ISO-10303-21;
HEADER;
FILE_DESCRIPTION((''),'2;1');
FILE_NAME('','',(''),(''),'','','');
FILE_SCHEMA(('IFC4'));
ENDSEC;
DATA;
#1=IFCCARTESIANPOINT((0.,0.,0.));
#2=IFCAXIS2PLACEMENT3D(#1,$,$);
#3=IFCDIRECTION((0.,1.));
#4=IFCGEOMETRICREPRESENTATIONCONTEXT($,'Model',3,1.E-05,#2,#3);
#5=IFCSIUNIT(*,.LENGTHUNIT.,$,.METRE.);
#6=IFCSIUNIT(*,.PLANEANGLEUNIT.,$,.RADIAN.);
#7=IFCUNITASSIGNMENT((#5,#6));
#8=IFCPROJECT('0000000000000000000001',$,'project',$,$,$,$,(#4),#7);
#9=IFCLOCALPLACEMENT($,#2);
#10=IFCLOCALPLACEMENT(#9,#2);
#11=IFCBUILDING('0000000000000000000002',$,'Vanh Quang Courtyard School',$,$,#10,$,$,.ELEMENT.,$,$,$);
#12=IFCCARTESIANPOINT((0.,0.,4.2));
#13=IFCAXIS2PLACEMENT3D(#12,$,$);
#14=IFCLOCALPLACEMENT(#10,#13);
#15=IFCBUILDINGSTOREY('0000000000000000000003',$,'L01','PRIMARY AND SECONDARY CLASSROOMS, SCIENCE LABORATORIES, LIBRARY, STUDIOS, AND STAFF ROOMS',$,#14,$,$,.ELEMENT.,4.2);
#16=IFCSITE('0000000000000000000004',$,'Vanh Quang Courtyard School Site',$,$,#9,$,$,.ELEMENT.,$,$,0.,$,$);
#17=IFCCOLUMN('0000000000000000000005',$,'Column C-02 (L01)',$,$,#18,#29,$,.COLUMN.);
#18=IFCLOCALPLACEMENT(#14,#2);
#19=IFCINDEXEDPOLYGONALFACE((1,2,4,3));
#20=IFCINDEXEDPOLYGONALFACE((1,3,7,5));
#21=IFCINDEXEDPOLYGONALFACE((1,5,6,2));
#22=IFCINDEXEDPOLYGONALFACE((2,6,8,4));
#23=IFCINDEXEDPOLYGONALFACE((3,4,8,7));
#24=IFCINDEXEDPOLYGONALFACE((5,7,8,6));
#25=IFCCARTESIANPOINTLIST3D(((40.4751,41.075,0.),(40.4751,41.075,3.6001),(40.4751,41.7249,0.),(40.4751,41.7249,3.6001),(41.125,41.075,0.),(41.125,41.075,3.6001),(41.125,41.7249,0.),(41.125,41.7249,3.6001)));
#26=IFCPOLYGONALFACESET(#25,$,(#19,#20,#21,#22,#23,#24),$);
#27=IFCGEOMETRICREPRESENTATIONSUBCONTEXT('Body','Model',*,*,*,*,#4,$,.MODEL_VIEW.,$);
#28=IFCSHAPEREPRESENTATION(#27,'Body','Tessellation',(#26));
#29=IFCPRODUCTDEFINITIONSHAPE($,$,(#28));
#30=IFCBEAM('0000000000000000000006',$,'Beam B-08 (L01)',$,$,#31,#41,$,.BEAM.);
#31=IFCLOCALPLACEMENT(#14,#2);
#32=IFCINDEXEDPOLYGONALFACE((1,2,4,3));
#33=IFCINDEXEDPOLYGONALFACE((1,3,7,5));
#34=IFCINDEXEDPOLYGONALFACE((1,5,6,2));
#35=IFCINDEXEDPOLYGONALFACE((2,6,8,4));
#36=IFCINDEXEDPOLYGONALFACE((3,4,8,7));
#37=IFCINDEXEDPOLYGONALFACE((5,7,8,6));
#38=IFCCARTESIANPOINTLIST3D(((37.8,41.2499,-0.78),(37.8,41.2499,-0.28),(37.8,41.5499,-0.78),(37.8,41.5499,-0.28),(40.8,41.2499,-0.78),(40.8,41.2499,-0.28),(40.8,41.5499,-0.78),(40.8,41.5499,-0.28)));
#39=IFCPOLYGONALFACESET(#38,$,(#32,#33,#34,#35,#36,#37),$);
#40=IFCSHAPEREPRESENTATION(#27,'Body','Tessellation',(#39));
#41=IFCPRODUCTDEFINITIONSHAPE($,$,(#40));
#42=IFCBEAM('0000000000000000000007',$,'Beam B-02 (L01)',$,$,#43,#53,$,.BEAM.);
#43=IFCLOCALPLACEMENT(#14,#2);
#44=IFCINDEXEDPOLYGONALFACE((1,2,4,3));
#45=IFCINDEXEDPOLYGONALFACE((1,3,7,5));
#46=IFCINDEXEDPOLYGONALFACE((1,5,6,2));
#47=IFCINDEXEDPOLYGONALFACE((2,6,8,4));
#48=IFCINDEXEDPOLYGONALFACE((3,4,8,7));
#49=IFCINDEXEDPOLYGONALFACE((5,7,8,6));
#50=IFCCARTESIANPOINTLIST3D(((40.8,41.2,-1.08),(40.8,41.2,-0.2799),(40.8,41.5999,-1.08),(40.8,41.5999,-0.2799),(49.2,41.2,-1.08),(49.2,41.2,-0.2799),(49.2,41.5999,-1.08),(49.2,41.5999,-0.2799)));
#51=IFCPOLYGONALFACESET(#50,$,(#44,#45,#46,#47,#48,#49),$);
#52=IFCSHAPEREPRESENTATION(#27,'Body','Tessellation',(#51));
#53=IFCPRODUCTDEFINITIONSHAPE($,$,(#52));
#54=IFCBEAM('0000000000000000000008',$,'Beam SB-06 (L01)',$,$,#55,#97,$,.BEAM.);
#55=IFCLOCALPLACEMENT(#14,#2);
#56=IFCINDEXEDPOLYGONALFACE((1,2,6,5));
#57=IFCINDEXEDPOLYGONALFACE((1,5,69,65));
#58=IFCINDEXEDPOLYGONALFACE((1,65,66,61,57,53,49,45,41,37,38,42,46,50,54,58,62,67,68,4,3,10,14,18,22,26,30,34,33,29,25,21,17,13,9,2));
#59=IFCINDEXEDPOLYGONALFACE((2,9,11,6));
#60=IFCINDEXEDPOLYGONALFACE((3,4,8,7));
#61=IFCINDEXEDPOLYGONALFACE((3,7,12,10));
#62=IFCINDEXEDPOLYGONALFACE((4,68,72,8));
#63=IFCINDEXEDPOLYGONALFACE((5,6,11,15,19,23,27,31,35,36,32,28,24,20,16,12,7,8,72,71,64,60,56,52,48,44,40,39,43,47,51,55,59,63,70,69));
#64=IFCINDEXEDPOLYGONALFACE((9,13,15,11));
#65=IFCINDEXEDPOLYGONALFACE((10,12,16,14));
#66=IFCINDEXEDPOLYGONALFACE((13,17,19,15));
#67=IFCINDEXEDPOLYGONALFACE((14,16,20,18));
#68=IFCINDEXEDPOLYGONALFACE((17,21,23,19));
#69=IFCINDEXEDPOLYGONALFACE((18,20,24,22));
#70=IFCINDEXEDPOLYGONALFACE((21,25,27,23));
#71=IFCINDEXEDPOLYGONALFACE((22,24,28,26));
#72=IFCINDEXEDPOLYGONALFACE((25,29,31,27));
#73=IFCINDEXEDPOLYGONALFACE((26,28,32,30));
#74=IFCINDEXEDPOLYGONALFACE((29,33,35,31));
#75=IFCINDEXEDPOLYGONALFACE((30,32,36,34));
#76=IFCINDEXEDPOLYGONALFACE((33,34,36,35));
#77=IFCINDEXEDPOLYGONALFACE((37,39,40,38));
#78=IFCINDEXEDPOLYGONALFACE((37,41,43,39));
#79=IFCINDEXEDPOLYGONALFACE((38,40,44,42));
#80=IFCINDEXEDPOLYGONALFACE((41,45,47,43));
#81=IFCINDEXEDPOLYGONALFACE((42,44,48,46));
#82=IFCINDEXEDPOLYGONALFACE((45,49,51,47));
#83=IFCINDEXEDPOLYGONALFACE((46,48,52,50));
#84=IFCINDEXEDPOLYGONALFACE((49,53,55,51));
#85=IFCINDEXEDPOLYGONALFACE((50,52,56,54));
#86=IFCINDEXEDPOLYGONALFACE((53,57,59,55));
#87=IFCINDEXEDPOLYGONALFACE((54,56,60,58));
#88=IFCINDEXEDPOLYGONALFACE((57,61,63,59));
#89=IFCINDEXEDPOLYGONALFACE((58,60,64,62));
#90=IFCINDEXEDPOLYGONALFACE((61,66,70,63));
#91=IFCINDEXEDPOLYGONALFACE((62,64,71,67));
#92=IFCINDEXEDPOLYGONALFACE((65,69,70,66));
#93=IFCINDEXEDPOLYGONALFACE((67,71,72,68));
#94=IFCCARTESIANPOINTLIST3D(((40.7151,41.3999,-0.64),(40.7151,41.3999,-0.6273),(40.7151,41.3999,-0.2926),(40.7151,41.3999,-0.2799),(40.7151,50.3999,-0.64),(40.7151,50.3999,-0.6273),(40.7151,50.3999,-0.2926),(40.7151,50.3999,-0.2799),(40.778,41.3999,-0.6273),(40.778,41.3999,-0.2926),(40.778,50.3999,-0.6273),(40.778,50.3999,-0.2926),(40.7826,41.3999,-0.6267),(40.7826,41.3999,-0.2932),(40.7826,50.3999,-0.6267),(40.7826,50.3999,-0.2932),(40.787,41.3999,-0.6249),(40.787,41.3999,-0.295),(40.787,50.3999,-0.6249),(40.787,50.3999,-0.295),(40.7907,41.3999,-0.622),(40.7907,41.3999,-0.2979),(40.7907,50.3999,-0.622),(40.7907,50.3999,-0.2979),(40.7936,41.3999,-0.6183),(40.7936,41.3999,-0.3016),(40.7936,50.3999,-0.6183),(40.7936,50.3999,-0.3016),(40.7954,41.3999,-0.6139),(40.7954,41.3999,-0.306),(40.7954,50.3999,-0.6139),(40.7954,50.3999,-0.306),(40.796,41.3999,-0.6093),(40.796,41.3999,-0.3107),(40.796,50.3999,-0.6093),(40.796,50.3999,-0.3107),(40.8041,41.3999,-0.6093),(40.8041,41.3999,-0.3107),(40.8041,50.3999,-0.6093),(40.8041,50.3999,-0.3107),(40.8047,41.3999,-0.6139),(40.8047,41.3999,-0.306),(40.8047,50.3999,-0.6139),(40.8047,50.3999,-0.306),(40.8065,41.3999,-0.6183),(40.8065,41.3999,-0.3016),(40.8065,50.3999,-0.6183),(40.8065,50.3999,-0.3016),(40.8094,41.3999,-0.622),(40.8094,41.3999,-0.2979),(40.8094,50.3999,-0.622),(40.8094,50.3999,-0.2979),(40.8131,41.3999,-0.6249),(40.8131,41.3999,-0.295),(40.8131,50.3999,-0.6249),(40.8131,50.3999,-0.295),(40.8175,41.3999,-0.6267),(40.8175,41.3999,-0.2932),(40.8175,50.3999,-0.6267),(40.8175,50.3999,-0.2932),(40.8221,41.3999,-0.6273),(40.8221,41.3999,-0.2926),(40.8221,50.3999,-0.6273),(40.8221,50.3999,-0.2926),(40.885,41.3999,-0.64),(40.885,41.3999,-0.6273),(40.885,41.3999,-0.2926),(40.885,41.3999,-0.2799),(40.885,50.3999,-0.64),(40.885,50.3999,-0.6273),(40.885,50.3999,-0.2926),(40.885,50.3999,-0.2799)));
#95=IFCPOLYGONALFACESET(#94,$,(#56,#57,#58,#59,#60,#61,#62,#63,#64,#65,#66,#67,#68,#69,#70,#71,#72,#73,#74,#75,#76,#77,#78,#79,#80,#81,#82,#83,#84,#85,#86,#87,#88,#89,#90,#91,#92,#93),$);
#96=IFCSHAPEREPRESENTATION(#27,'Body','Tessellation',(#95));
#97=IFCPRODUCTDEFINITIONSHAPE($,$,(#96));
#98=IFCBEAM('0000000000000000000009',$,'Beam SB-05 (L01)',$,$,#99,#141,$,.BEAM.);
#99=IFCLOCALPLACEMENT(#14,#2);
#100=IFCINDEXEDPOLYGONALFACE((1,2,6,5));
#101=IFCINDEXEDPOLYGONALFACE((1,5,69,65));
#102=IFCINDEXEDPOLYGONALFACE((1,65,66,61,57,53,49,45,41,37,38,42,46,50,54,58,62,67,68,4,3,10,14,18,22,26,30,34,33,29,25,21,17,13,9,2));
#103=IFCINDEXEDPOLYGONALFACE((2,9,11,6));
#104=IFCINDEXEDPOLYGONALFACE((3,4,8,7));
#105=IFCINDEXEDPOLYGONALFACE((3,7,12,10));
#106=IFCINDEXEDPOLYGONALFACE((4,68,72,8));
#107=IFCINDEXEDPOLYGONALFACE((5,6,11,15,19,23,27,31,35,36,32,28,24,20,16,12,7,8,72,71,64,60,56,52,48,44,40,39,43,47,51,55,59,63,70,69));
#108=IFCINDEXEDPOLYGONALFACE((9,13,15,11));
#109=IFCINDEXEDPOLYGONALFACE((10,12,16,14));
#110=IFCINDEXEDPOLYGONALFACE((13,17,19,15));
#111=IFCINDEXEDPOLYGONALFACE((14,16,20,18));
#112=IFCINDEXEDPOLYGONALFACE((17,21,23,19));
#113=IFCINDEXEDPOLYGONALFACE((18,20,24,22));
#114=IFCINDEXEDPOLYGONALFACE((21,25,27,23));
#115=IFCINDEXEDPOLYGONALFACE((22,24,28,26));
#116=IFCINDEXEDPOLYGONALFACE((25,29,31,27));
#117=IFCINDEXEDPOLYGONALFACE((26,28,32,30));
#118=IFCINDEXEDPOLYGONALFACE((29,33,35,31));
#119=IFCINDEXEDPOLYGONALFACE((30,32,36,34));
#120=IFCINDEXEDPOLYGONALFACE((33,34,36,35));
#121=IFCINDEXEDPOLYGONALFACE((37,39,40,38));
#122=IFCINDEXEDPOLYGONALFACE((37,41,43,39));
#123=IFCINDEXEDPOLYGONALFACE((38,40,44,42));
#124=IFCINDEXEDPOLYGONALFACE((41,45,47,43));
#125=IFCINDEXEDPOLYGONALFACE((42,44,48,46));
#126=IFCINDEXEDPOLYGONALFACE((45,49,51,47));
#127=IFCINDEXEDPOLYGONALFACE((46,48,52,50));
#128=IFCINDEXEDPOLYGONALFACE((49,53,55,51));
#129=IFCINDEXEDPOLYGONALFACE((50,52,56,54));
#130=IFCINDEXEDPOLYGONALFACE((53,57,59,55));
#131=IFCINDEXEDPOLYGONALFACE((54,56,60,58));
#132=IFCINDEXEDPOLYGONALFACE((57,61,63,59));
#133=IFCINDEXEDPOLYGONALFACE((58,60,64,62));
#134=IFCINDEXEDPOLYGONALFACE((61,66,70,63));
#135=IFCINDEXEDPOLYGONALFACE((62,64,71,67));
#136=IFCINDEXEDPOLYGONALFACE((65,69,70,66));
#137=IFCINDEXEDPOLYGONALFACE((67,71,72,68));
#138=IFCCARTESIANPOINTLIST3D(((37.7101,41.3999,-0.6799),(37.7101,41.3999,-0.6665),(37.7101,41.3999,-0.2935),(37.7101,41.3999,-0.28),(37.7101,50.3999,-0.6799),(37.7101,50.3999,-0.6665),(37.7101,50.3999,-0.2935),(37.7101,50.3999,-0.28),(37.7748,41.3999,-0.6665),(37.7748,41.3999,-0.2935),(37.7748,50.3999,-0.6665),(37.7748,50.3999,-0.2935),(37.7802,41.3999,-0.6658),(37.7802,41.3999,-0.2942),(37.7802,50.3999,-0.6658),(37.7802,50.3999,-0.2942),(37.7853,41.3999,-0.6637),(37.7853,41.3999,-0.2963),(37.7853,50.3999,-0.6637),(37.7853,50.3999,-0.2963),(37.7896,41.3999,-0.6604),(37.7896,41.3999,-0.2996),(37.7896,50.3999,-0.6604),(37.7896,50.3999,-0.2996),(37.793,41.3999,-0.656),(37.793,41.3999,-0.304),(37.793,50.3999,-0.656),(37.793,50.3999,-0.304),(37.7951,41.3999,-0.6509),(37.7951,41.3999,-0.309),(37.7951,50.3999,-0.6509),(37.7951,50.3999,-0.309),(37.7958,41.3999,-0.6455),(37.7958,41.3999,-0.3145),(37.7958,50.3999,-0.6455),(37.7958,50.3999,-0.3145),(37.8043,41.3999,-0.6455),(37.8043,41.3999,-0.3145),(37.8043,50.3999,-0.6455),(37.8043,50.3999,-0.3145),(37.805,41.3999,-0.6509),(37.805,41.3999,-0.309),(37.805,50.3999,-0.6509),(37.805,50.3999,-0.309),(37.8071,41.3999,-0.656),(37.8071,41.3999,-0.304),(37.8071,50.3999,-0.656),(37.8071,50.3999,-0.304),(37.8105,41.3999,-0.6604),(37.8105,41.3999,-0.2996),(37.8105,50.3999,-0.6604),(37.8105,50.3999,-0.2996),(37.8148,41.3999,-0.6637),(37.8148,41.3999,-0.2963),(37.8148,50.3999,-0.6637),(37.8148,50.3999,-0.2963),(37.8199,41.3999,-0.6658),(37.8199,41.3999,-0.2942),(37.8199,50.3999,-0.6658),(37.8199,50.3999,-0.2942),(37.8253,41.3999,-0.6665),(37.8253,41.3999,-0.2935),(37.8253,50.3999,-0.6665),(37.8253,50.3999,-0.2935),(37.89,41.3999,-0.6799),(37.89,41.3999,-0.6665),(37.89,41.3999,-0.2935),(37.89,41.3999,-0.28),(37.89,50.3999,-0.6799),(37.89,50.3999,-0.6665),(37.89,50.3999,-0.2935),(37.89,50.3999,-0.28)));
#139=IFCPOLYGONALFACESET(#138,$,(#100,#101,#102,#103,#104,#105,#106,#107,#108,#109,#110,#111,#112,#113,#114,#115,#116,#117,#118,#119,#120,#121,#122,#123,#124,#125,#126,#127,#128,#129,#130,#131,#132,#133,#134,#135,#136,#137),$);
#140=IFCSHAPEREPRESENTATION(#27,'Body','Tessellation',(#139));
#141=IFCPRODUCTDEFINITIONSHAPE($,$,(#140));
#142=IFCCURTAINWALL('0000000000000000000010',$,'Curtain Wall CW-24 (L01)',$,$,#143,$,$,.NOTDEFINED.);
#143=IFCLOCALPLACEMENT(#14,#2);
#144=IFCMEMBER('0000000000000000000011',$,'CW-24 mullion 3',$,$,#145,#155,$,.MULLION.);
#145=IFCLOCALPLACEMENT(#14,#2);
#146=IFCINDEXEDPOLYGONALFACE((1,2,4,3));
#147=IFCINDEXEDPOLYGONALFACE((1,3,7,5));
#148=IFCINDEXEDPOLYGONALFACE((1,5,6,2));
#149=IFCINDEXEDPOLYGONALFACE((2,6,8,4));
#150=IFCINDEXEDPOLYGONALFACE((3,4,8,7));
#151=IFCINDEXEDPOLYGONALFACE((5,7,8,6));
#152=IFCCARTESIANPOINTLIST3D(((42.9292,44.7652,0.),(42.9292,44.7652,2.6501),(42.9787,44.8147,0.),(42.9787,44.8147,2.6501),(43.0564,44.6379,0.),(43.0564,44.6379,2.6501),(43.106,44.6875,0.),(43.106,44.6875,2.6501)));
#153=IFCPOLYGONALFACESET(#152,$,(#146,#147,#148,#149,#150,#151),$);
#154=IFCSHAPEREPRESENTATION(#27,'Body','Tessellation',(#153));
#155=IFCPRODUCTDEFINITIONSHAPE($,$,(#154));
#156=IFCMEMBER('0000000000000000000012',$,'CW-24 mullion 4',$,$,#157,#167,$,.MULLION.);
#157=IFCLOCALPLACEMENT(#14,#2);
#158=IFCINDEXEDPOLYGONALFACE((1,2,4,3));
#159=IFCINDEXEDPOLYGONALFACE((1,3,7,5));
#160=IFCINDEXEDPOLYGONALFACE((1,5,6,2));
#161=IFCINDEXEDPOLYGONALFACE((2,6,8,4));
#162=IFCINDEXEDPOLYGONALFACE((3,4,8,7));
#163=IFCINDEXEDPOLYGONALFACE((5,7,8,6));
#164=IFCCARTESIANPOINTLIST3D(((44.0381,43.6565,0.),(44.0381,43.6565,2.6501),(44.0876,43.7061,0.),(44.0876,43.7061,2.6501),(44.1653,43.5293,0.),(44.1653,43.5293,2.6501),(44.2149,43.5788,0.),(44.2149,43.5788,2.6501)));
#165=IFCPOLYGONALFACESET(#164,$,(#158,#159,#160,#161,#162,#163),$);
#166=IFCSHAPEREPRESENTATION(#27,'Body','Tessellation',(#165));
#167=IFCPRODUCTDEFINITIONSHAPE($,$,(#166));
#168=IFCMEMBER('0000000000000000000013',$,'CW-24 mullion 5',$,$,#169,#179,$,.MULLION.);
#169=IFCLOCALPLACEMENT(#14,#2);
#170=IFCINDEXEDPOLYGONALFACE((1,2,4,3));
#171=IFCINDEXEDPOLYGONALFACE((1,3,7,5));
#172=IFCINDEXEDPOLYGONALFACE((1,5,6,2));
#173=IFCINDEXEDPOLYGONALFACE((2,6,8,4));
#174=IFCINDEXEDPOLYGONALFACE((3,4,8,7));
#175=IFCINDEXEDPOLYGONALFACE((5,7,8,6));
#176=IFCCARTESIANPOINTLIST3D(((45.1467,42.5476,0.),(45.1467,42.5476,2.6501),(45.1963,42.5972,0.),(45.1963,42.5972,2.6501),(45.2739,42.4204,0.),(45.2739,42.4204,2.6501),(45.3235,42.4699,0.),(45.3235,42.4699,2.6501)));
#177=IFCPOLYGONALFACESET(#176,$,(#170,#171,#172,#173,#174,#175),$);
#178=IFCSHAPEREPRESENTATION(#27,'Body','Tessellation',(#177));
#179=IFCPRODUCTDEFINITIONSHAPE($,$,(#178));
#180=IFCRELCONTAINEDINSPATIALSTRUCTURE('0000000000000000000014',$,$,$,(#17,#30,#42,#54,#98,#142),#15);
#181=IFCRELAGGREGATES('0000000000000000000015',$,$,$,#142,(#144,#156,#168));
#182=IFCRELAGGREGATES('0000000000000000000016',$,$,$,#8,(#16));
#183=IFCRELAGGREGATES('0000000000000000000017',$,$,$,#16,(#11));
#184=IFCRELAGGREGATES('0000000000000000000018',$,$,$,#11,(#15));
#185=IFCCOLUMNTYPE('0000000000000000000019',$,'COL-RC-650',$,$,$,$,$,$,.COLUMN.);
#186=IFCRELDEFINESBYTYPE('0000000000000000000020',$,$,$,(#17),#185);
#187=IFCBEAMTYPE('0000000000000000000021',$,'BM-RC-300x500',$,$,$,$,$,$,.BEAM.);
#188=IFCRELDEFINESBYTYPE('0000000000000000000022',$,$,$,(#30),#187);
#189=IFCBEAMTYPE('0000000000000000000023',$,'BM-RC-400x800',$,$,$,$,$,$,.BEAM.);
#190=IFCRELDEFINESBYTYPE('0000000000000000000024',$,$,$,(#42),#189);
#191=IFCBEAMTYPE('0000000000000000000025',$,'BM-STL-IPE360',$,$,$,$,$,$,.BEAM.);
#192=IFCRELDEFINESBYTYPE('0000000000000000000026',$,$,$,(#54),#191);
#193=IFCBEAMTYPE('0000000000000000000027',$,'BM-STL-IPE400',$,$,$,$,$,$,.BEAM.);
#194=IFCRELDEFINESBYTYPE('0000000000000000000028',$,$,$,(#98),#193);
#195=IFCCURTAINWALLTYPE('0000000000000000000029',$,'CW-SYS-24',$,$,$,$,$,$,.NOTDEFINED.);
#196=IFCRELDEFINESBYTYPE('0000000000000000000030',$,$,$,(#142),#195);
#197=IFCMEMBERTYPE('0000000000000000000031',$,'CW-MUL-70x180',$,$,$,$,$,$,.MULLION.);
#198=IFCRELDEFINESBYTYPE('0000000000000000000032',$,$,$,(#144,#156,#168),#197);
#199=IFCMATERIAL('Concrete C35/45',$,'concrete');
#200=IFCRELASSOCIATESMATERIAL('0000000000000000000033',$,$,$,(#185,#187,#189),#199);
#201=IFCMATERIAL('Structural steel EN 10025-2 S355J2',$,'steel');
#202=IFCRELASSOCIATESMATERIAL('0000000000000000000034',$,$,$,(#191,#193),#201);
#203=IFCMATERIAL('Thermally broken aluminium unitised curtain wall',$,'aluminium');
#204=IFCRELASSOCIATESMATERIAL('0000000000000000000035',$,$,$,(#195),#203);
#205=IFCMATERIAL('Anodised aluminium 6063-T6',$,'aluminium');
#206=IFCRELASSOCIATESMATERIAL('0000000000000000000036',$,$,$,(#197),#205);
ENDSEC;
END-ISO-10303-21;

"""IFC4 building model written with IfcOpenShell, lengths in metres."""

from ifc_helpers import new_model, si_unit, direction, frame, origin, origin_2d, place, context, subcontext, project, spatial, rectangle, i_section, extrude, material, material_profile, profile_set, type_object, element, aggregate, save


model = new_model("IFC4")

# Units and contexts
model_context = context("Model", 3, precision=1e-05, world=origin(), true_north=direction((0.0, 1.0)))
body_context = subcontext(model_context, "Body", "Model", "MODEL_VIEW")
ifc_project = project(units=[si_unit("LENGTHUNIT", "METRE"), si_unit("PLANEANGLEUNIT", "RADIAN")], contexts=[model_context])

# Site, building, storey
site_placement = place(None, origin())
site = spatial("IfcSite", under=ifc_project, at=site_placement, Name="Vanh Quang Courtyard School Site", CompositionType="ELEMENT", RefElevation=0.0)
building_placement = place(site_placement, origin())
building = spatial("IfcBuilding", under=site, at=building_placement, Name="Vanh Quang Courtyard School", CompositionType="ELEMENT")
storey_placement = place(building_placement, frame((0.0, 0.0, 4.2)))
storey = spatial("IfcBuildingStorey", under=building, at=storey_placement, Name="L01", Description="PRIMARY AND SECONDARY CLASSROOMS, SCIENCE LABORATORIES, LIBRARY, STUDIOS, AND STAFF ROOMS", CompositionType="ELEMENT", Elevation=4.2)

# Column
ifc_material_1 = material(Name="Concrete C35/45", Category="concrete")
ifc_material_profile_1 = material_profile(ifc_material_1, rectangle(XDim=0.6499, YDim=0.6499, at=origin_2d()), Name="RC-COL 650x650")
ifc_profile_set_1 = profile_set([ifc_material_profile_1], Name="Concrete C35/45")
column_type = type_object("IfcColumnType", Name="COL-RC-650", PredefinedType="COLUMN", material=ifc_profile_set_1)
column_placement = place(storey_placement, frame((40.8, 41.3999, 0.0), z_axis=(0.0, 0.0, 1.0), x_axis=(1.0, 0.0, 0.0)))
element("IfcColumn", 1, at=column_placement, inside=storey, type_object=column_type, Name="Column C-02 (L01)", PredefinedType="COLUMN", context=body_context, shape_type="SweptSolid", body=[
    extrude(rectangle(XDim=0.6499, YDim=0.6499, at=origin_2d()), origin(), (0.0, 0.0, 1.0), 3.6001),
])

# Beams
ifc_material_profile_2 = material_profile(ifc_material_1, rectangle(XDim=0.3, YDim=0.5, at=origin_2d()), Name="RC-BM 300x500")
ifc_profile_set_2 = profile_set([ifc_material_profile_2], Name="Concrete C35/45")
beam_type_1 = type_object("IfcBeamType", Name="BM-RC-300x500", PredefinedType="BEAM", material=ifc_profile_set_2)
beam_1_placement = place(storey_placement, frame((37.8, 41.3999, -0.53), z_axis=(1.0, 0.0, 0.0), x_axis=(0.0, 1.0, 0.0)))
element("IfcBeam", 2, at=beam_1_placement, inside=storey, type_object=beam_type_1, Name="Beam B-08 (L01)", PredefinedType="BEAM", context=body_context, shape_type="SweptSolid", body=[
    extrude(rectangle(XDim=0.3, YDim=0.5, at=origin_2d()), origin(), (0.0, 0.0, 1.0), 3.0),
])
ifc_material_profile_3 = material_profile(ifc_material_1, rectangle(XDim=0.3999, YDim=0.8, at=origin_2d()), Name="RC-BM 400x800")
ifc_profile_set_3 = profile_set([ifc_material_profile_3], Name="Concrete C35/45")
beam_type_2 = type_object("IfcBeamType", Name="BM-RC-400x800", PredefinedType="BEAM", material=ifc_profile_set_3)
beam_2_placement = place(storey_placement, frame((40.8, 41.3999, -0.6799), z_axis=(1.0, 0.0, 0.0), x_axis=(0.0, 1.0, 0.0)))
element("IfcBeam", 3, at=beam_2_placement, inside=storey, type_object=beam_type_2, Name="Beam B-02 (L01)", PredefinedType="BEAM", context=body_context, shape_type="SweptSolid", body=[
    extrude(rectangle(XDim=0.3999, YDim=0.8, at=origin_2d()), origin(), (0.0, 0.0, 1.0), 8.3999),
])
ifc_material_2 = material(Name="Structural steel EN 10025-2 S355J2", Category="steel")
ifc_material_profile_4 = material_profile(ifc_material_2, i_section(OverallWidth=0.1699, OverallDepth=0.3601, WebThickness=0.0081, FlangeThickness=0.0127, FilletRadius=0.0181, at=origin_2d()), Name="IPE 360")
ifc_profile_set_4 = profile_set([ifc_material_profile_4], Name="Structural steel EN 10025-2 S355J2")
beam_type_3 = type_object("IfcBeamType", Name="BM-STL-IPE360", PredefinedType="BEAM", material=ifc_profile_set_4)
beam_3_placement = place(storey_placement, frame((40.8, 41.3999, -0.46), z_axis=(0.0, 1.0, 0.0), x_axis=(-1.0, 0.0, 0.0)))
element("IfcBeam", 4, at=beam_3_placement, inside=storey, type_object=beam_type_3, Name="Beam SB-06 (L01)", PredefinedType="BEAM", context=body_context, shape_type="SweptSolid", body=[
    extrude(i_section(OverallWidth=0.1699, OverallDepth=0.3601, WebThickness=0.0081, FlangeThickness=0.0127, FilletRadius=0.0181, at=origin_2d()), origin(), (0.0, 0.0, 1.0), 9.0),
])
ifc_material_profile_5 = material_profile(ifc_material_2, i_section(OverallWidth=0.1799, OverallDepth=0.3999, WebThickness=0.0085, FlangeThickness=0.0134, FilletRadius=0.021, at=origin_2d()), Name="IPE 400")
ifc_profile_set_5 = profile_set([ifc_material_profile_5], Name="Structural steel EN 10025-2 S355J2")
beam_type_4 = type_object("IfcBeamType", Name="BM-STL-IPE400", PredefinedType="BEAM", material=ifc_profile_set_5)
beam_4_placement = place(storey_placement, frame((37.8, 41.3999, -0.48), z_axis=(0.0, 1.0, 0.0), x_axis=(-1.0, 0.0, 0.0)))
element("IfcBeam", 5, at=beam_4_placement, inside=storey, type_object=beam_type_4, Name="Beam SB-05 (L01)", PredefinedType="BEAM", context=body_context, shape_type="SweptSolid", body=[
    extrude(i_section(OverallWidth=0.1799, OverallDepth=0.3999, WebThickness=0.0085, FlangeThickness=0.0134, FilletRadius=0.021, at=origin_2d()), origin(), (0.0, 0.0, 1.0), 9.0),
])

# Curtain wall, members
ifc_material_3 = material(Name="Thermally broken aluminium unitised curtain wall", Category="aluminium")
curtain_wall_type = type_object("IfcCurtainWallType", Name="CW-SYS-24", PredefinedType="NOTDEFINED", material=ifc_material_3)
curtain_wall_placement = place(storey_placement, origin())
curtain_wall = element("IfcCurtainWall", 6, at=curtain_wall_placement, inside=storey, type_object=curtain_wall_type, Name="Curtain Wall CW-24 (L01)", PredefinedType="NOTDEFINED")
ifc_material_4 = material(Name="Anodised aluminium 6063-T6", Category="aluminium")
ifc_material_profile_6 = material_profile(ifc_material_4, rectangle(XDim=0.0701, YDim=0.1799, at=origin_2d()), Name="ALU-MUL 70x180")
ifc_profile_set_6 = profile_set([ifc_material_profile_6], Name="Anodised aluminium 6063-T6")
member_type_1 = type_object("IfcMemberType", Name="CW-MUL-70x180", PredefinedType="MULLION", material=ifc_profile_set_6)
member_1_placement = place(storey_placement, frame((43.0176, 44.7263, 0.0), z_axis=(0.0, 0.0, 1.0), x_axis=(0.707107, 0.707107, 0.0)))
member_1 = element("IfcMember", 7, at=member_1_placement, type_object=member_type_1, Name="CW-24 mullion 3", PredefinedType="MULLION", context=body_context, shape_type="SweptSolid", body=[
    extrude(rectangle(XDim=0.0701, YDim=0.1799, at=origin_2d()), origin(), (0.0, 0.0, 1.0), 2.6501),
])
member_2_placement = place(storey_placement, frame((44.1265, 43.6177, 0.0), z_axis=(0.0, 0.0, 1.0), x_axis=(0.707107, 0.707107, 0.0)))
member_2 = element("IfcMember", 8, at=member_2_placement, type_object=member_type_1, Name="CW-24 mullion 4", PredefinedType="MULLION", context=body_context, shape_type="SweptSolid", body=[
    extrude(rectangle(XDim=0.0701, YDim=0.1799, at=origin_2d()), origin(), (0.0, 0.0, 1.0), 2.6501),
])
member_3_placement = place(storey_placement, frame((45.2351, 42.5088, 0.0), z_axis=(0.0, 0.0, 1.0), x_axis=(0.707107, 0.707107, 0.0)))
member_3 = element("IfcMember", 9, at=member_3_placement, type_object=member_type_1, Name="CW-24 mullion 5", PredefinedType="MULLION", context=body_context, shape_type="SweptSolid", body=[
    extrude(rectangle(XDim=0.0701, YDim=0.1799, at=origin_2d()), origin(), (0.0, 0.0, 1.0), 2.6501),
])

aggregate(curtain_wall, [member_1, member_2, member_3])

save(model, "model.ifc")
